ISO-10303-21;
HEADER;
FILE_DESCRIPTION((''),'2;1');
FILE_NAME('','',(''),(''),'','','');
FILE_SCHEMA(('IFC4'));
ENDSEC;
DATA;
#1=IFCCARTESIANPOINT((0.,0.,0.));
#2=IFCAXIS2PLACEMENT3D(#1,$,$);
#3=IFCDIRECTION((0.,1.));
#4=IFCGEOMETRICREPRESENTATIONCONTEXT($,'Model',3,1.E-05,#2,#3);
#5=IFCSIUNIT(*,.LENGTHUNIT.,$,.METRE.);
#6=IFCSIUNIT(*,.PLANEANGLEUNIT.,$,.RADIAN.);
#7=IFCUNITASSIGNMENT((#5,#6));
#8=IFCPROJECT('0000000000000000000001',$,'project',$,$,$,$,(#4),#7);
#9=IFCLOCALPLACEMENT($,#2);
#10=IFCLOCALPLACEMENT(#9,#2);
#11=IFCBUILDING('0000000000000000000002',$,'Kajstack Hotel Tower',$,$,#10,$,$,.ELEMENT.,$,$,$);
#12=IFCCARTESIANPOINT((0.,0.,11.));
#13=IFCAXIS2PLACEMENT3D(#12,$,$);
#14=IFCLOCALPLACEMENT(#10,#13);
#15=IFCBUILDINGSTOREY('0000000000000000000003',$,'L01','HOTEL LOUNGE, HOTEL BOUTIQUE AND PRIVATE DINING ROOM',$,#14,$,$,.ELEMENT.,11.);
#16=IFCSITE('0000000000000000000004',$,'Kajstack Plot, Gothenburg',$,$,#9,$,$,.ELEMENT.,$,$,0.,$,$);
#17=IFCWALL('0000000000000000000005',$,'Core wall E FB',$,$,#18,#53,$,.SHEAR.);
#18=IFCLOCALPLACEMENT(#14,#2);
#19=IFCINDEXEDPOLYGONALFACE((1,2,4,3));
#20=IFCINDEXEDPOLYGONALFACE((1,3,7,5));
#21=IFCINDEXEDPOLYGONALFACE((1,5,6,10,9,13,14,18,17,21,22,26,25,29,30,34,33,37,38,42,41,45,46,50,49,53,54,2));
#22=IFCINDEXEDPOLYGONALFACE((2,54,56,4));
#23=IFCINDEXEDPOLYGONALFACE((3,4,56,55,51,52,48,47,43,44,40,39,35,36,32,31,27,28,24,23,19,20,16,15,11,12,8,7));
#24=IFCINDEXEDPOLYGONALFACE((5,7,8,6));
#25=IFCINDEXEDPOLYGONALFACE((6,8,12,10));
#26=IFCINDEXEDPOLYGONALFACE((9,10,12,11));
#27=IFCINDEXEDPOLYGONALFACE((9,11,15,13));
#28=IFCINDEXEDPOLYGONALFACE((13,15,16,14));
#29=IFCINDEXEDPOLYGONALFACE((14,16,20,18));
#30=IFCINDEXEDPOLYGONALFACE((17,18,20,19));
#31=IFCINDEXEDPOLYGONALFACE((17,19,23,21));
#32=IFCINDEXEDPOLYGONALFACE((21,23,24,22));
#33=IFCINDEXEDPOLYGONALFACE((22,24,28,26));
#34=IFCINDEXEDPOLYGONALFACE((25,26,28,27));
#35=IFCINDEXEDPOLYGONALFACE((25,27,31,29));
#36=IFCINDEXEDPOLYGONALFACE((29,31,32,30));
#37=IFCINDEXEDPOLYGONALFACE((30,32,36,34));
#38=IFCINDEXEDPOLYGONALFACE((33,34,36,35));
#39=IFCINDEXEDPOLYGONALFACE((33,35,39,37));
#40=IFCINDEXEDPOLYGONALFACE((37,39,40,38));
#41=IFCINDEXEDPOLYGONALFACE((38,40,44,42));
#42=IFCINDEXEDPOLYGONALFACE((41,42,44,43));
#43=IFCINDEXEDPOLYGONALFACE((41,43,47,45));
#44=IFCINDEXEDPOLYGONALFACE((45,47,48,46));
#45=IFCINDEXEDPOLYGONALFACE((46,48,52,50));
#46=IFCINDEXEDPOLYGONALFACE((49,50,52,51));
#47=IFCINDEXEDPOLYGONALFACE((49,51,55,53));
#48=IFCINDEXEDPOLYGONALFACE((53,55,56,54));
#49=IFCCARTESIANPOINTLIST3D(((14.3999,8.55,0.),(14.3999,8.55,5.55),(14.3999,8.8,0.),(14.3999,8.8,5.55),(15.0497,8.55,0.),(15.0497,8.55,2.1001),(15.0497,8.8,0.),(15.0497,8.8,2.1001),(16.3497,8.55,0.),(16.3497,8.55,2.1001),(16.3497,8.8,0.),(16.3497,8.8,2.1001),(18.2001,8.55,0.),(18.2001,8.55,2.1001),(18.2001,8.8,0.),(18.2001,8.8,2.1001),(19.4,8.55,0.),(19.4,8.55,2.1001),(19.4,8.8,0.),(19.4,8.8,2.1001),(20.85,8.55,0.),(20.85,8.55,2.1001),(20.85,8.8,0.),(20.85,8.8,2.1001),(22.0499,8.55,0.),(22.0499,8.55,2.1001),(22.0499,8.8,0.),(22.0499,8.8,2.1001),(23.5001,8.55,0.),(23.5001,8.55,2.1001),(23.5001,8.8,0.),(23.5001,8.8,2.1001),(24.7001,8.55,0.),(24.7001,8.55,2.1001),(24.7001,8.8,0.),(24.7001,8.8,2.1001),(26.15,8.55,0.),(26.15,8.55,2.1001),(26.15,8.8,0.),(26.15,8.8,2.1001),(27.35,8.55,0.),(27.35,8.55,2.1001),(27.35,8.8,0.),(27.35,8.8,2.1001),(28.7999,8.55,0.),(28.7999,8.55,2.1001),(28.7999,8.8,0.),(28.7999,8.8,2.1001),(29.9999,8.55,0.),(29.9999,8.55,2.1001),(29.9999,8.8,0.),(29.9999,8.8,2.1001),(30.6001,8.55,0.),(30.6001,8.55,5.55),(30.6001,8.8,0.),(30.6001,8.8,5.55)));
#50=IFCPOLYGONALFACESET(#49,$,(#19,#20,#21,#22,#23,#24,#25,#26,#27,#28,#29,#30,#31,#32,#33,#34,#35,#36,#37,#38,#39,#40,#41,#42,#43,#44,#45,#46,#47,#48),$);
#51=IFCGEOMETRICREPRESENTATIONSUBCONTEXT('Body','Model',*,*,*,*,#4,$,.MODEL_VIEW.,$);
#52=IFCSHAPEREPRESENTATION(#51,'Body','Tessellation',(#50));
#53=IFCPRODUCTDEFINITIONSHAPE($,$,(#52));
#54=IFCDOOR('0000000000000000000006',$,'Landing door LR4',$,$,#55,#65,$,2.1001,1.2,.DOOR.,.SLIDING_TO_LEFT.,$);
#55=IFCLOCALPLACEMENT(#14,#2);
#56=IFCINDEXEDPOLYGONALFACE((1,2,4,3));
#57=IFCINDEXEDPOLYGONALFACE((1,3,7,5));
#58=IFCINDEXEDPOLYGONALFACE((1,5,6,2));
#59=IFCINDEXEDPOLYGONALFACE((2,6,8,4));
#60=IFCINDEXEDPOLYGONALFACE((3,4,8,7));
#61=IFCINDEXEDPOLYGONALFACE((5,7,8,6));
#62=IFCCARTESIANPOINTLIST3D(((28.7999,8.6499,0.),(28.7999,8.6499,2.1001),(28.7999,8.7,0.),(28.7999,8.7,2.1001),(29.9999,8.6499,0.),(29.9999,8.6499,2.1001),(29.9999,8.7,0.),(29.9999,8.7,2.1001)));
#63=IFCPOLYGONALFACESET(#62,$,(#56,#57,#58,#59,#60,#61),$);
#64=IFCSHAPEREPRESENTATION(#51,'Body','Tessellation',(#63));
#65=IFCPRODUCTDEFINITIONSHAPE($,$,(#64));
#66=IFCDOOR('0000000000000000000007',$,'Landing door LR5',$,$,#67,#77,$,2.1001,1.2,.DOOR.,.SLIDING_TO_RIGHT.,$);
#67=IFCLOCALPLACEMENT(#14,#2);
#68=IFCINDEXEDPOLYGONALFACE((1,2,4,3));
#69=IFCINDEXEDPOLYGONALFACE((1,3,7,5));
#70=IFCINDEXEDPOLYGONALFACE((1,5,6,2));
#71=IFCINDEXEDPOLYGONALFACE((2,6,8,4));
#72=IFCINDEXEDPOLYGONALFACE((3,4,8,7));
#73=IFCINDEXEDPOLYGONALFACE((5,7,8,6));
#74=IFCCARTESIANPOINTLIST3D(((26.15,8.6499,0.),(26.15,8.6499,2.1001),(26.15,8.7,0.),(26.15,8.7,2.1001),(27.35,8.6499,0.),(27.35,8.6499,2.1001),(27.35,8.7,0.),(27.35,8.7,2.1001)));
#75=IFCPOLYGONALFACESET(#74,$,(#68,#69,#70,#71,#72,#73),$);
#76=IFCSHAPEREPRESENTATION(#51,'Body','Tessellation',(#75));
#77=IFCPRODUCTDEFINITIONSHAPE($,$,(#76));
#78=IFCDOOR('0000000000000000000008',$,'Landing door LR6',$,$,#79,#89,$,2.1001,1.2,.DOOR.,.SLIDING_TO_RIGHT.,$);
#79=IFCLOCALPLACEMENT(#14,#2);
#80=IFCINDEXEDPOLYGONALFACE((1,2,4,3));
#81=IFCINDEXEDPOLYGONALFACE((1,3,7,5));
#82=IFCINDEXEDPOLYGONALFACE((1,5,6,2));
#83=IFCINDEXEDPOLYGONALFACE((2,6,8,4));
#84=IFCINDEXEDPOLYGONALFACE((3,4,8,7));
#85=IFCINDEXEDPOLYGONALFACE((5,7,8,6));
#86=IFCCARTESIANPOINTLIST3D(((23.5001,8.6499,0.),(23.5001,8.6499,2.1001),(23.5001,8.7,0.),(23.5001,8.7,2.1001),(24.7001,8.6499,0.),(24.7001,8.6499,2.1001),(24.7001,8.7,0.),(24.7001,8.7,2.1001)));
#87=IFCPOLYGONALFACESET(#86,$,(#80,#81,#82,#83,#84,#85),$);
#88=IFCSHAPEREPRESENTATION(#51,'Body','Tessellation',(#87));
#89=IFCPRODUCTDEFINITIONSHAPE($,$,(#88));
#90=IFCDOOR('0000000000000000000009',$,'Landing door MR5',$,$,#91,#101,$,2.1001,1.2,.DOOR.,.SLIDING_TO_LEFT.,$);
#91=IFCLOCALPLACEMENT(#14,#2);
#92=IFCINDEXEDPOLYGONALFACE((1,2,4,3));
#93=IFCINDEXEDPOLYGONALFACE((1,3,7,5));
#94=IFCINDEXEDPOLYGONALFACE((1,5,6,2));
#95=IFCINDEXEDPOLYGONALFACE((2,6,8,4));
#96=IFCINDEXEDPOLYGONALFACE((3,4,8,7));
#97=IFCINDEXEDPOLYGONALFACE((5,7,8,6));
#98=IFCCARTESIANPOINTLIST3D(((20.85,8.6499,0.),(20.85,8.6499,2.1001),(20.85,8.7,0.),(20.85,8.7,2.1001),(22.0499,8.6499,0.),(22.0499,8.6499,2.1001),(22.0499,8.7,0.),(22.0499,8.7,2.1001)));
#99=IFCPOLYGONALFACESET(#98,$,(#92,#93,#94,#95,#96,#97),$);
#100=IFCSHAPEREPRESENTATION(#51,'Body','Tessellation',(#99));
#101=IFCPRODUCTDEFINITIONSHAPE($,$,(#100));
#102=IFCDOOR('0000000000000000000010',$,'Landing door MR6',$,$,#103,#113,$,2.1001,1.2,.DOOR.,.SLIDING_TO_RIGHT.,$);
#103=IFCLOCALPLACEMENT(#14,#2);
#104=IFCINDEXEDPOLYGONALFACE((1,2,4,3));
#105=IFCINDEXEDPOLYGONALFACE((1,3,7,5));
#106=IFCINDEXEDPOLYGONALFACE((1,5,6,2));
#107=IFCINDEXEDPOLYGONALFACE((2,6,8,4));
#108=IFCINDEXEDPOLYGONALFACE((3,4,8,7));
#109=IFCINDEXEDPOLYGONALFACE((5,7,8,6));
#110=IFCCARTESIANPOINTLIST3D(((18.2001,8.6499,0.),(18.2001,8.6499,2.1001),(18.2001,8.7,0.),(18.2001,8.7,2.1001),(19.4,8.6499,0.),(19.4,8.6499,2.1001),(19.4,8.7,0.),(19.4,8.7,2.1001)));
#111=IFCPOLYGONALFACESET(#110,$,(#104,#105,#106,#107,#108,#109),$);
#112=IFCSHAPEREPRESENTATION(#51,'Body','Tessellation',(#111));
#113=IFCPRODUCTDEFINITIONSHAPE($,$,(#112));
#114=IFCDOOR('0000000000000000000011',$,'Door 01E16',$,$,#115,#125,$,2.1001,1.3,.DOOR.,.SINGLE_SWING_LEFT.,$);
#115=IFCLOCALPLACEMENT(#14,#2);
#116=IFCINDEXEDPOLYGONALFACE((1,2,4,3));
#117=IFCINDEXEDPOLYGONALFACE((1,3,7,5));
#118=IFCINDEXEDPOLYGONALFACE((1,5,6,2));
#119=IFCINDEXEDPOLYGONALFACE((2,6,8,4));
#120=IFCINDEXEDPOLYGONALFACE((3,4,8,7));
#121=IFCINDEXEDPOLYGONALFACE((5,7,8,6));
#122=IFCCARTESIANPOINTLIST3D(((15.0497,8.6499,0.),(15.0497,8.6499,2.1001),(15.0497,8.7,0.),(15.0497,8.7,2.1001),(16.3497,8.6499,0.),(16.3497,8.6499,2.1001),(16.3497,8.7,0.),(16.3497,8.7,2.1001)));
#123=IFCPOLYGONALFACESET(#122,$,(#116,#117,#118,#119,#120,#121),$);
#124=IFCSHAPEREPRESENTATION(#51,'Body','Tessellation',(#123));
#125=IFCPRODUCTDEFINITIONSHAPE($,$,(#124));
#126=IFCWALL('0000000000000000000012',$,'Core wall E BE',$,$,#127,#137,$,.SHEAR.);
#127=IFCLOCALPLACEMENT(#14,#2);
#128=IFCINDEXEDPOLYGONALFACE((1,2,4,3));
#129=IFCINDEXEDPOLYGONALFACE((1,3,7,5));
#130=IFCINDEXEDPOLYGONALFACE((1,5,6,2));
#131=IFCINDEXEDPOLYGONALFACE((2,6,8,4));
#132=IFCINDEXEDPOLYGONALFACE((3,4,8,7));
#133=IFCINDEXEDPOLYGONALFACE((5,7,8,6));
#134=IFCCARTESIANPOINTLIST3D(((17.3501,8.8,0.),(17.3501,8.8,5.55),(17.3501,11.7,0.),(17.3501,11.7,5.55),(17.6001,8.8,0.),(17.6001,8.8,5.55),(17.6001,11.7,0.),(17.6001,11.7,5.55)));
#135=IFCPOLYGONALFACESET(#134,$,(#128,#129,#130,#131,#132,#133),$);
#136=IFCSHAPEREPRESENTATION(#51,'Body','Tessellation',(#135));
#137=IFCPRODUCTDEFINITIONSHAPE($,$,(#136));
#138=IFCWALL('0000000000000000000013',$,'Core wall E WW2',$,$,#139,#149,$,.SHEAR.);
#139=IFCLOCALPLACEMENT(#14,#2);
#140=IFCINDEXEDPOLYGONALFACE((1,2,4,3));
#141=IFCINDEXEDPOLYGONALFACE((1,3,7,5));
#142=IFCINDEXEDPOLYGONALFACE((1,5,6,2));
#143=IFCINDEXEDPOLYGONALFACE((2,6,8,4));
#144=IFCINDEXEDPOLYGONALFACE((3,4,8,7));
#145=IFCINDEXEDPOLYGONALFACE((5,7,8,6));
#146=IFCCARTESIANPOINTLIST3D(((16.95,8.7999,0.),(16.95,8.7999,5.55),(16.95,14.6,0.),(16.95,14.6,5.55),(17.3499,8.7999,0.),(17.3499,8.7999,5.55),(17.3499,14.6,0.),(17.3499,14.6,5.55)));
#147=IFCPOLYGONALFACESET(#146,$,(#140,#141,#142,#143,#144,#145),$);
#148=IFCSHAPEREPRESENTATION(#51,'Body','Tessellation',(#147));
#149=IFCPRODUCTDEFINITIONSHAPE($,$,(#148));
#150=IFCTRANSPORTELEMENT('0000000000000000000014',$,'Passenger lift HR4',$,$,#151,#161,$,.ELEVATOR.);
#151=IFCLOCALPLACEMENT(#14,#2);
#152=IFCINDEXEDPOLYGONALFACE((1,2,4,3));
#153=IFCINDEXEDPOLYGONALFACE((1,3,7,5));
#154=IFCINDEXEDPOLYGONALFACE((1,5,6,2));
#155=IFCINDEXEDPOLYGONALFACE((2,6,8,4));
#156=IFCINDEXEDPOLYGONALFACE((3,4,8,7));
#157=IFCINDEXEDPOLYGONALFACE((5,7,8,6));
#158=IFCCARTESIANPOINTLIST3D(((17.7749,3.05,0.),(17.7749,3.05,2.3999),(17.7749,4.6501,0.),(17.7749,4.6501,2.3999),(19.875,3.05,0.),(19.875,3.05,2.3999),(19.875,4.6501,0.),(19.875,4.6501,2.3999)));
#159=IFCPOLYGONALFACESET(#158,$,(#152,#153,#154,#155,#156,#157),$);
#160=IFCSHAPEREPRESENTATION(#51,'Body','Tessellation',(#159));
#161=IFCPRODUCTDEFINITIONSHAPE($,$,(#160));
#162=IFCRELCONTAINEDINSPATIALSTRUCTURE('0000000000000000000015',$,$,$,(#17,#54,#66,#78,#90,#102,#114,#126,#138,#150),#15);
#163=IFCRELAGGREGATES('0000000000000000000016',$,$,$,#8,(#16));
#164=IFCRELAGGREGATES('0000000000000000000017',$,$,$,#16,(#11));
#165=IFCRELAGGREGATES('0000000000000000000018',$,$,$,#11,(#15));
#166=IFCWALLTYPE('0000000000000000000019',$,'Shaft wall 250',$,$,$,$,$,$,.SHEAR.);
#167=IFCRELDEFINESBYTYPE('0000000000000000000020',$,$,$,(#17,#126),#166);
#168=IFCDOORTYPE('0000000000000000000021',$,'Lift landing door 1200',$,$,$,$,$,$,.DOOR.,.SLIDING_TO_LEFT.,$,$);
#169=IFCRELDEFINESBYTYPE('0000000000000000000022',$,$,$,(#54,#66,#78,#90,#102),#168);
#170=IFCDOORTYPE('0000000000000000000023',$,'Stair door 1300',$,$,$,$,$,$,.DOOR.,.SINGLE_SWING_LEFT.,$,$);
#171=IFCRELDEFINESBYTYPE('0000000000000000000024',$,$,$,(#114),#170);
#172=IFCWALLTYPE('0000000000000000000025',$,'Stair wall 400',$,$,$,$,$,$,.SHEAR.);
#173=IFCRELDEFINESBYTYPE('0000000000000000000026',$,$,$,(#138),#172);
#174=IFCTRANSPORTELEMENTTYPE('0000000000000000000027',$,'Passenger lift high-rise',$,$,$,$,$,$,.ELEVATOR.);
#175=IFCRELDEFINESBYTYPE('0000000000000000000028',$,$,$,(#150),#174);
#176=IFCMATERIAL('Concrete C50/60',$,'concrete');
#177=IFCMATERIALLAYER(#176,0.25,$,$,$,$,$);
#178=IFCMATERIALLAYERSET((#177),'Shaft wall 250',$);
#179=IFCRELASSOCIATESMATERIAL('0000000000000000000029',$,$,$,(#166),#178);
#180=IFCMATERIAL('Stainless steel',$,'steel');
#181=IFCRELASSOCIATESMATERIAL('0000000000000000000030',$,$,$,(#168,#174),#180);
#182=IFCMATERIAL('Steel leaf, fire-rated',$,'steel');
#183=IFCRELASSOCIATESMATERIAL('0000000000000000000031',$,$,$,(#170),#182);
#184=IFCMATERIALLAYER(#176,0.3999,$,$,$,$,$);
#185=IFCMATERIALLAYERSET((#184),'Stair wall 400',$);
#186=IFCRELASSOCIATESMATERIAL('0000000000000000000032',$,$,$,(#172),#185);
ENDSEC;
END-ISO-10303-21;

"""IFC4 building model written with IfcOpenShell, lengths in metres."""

from ifc_helpers import new_model, si_unit, direction, frame, frame_2d, origin, origin_2d, place, context, subcontext, project, spatial, rectangle, extrude, material, layer, layer_set, type_object, element, fill, save


model = new_model("IFC4")

# Units and contexts
model_context = context("Model", 3, precision=1e-05, world=origin(), true_north=direction((0.0, 1.0)))
body_context = subcontext(model_context, "Body", "Model", "MODEL_VIEW")
ifc_project = project(units=[si_unit("LENGTHUNIT", "METRE"), si_unit("PLANEANGLEUNIT", "RADIAN")], contexts=[model_context])

# Site, building, storey
site_placement = place(None, origin())
site = spatial("IfcSite", under=ifc_project, at=site_placement, Name="Kajstack Plot, Gothenburg", CompositionType="ELEMENT", RefElevation=0.0)
building_placement = place(site_placement, origin())
building = spatial("IfcBuilding", under=site, at=building_placement, Name="Kajstack Hotel Tower", CompositionType="ELEMENT")
storey_placement = place(building_placement, frame((0.0, 0.0, 11.0)))
storey = spatial("IfcBuildingStorey", under=building, at=storey_placement, Name="L01", Description="HOTEL LOUNGE, HOTEL BOUTIQUE AND PRIVATE DINING ROOM", CompositionType="ELEMENT", Elevation=11.0)

# Shared definitions
ifc_material_1 = material(Name="Concrete C50/60", Category="concrete")
ifc_layer_1 = layer(ifc_material_1, 0.25)
ifc_layer_set_1 = layer_set([ifc_layer_1], Name="Shaft wall 250")
wall_type_1 = type_object("IfcWallType", Name="Shaft wall 250", PredefinedType="SHEAR", material=ifc_layer_set_1)
ifc_material_2 = material(Name="Stainless steel", Category="steel")
door_type_1 = type_object("IfcDoorType", Name="Lift landing door 1200", OperationType="SLIDING_TO_LEFT", PredefinedType="DOOR", material=ifc_material_2)

# Wall, openings, doors
wall_1_placement = place(storey_placement, frame((14.3999, 8.675, 0.0), z_axis=(0.0, 0.0, 1.0), x_axis=(1.0, 0.0, 0.0)))
wall_1 = element("IfcWall", 1, at=wall_1_placement, inside=storey, type_object=wall_type_1, Name="Core wall E FB", PredefinedType="SHEAR", context=body_context, shape_type="SweptSolid", body=[
    extrude(rectangle(XDim=16.2002, YDim=0.25, at=frame_2d((8.1001, 0.0))), origin(), (0.0, 0.0, 1.0), 5.55),
])
opening_1_placement = place(wall_1_placement, frame((14.3999, 0.0, 0.0)))
opening_1 = element("IfcOpeningElement", 2, at=opening_1_placement, cuts=wall_1, PredefinedType="OPENING", context=body_context, shape_type="SweptSolid", body=[
    extrude(rectangle(XDim=1.2, YDim=2.1001, at=frame_2d((0.6001, 1.05))), frame((0.0, 0.135, 0.0), z_axis=(0.0, -1.0, 0.0), x_axis=(1.0, 0.0, 0.0)), (0.0, 0.0, 1.0), 0.27),
])
opening_2_placement = place(wall_1_placement, frame((11.75, 0.0, 0.0)))
opening_2 = element("IfcOpeningElement", 3, at=opening_2_placement, cuts=wall_1, PredefinedType="OPENING", context=body_context, shape_type="SweptSolid", body=[
    extrude(rectangle(XDim=1.2, YDim=2.1001, at=frame_2d((0.6001, 1.05))), frame((0.0, 0.135, 0.0), z_axis=(0.0, -1.0, 0.0), x_axis=(1.0, 0.0, 0.0)), (0.0, 0.0, 1.0), 0.27),
])
opening_3_placement = place(wall_1_placement, frame((9.1001, 0.0, 0.0)))
opening_3 = element("IfcOpeningElement", 4, at=opening_3_placement, cuts=wall_1, PredefinedType="OPENING", context=body_context, shape_type="SweptSolid", body=[
    extrude(rectangle(XDim=1.2, YDim=2.1001, at=frame_2d((0.6001, 1.05))), frame((0.0, 0.135, 0.0), z_axis=(0.0, -1.0, 0.0), x_axis=(1.0, 0.0, 0.0)), (0.0, 0.0, 1.0), 0.27),
])
opening_4_placement = place(wall_1_placement, frame((6.45, 0.0, 0.0)))
opening_4 = element("IfcOpeningElement", 5, at=opening_4_placement, cuts=wall_1, PredefinedType="OPENING", context=body_context, shape_type="SweptSolid", body=[
    extrude(rectangle(XDim=1.2, YDim=2.1001, at=frame_2d((0.6001, 1.05))), frame((0.0, 0.135, 0.0), z_axis=(0.0, -1.0, 0.0), x_axis=(1.0, 0.0, 0.0)), (0.0, 0.0, 1.0), 0.27),
])
opening_5_placement = place(wall_1_placement, frame((3.8, 0.0, 0.0)))
opening_5 = element("IfcOpeningElement", 6, at=opening_5_placement, cuts=wall_1, PredefinedType="OPENING", context=body_context, shape_type="SweptSolid", body=[
    extrude(rectangle(XDim=1.2, YDim=2.1001, at=frame_2d((0.6001, 1.05))), frame((0.0, 0.135, 0.0), z_axis=(0.0, -1.0, 0.0), x_axis=(1.0, 0.0, 0.0)), (0.0, 0.0, 1.0), 0.27),
])
opening_6_placement = place(wall_1_placement, frame((0.6499, 0.0, 0.0)))
opening_6 = element("IfcOpeningElement", 7, at=opening_6_placement, cuts=wall_1, PredefinedType="OPENING", context=body_context, shape_type="SweptSolid", body=[
    extrude(rectangle(XDim=1.3, YDim=2.1001, at=frame_2d((0.6499, 1.05))), frame((0.0, 0.135, 0.0), z_axis=(0.0, -1.0, 0.0), x_axis=(1.0, 0.0, 0.0)), (0.0, 0.0, 1.0), 0.27),
])
door_1_placement = place(opening_1_placement, origin())
door_1 = element("IfcDoor", 8, at=door_1_placement, inside=storey, type_object=door_type_1, Name="Landing door LR4", OperationType="SLIDING_TO_LEFT", OverallHeight=2.1001, OverallWidth=1.2, PredefinedType="DOOR", context=body_context, shape_type="SweptSolid", body=[
    extrude(rectangle(XDim=1.2, YDim=2.1001, at=frame_2d((0.6001, 1.05))), frame((0.0, 0.0249, 0.0), z_axis=(0.0, -1.0, 0.0), x_axis=(1.0, 0.0, 0.0)), (0.0, 0.0, 1.0), 0.05),
])
fill(opening_1, door_1)
door_2_placement = place(opening_2_placement, origin())
door_2 = element("IfcDoor", 9, at=door_2_placement, inside=storey, type_object=door_type_1, Name="Landing door LR5", OperationType="SLIDING_TO_RIGHT", OverallHeight=2.1001, OverallWidth=1.2, PredefinedType="DOOR", context=body_context, shape_type="SweptSolid", body=[
    extrude(rectangle(XDim=1.2, YDim=2.1001, at=frame_2d((0.6001, 1.05))), frame((0.0, 0.0249, 0.0), z_axis=(0.0, -1.0, 0.0), x_axis=(1.0, 0.0, 0.0)), (0.0, 0.0, 1.0), 0.05),
])
fill(opening_2, door_2)
door_3_placement = place(opening_3_placement, origin())
door_3 = element("IfcDoor", 10, at=door_3_placement, inside=storey, type_object=door_type_1, Name="Landing door LR6", OperationType="SLIDING_TO_RIGHT", OverallHeight=2.1001, OverallWidth=1.2, PredefinedType="DOOR", context=body_context, shape_type="SweptSolid", body=[
    extrude(rectangle(XDim=1.2, YDim=2.1001, at=frame_2d((0.6001, 1.05))), frame((0.0, 0.0249, 0.0), z_axis=(0.0, -1.0, 0.0), x_axis=(1.0, 0.0, 0.0)), (0.0, 0.0, 1.0), 0.05),
])
fill(opening_3, door_3)
door_4_placement = place(opening_4_placement, origin())
door_4 = element("IfcDoor", 11, at=door_4_placement, inside=storey, type_object=door_type_1, Name="Landing door MR5", OperationType="SLIDING_TO_LEFT", OverallHeight=2.1001, OverallWidth=1.2, PredefinedType="DOOR", context=body_context, shape_type="SweptSolid", body=[
    extrude(rectangle(XDim=1.2, YDim=2.1001, at=frame_2d((0.6001, 1.05))), frame((0.0, 0.0249, 0.0), z_axis=(0.0, -1.0, 0.0), x_axis=(1.0, 0.0, 0.0)), (0.0, 0.0, 1.0), 0.05),
])
fill(opening_4, door_4)
door_5_placement = place(opening_5_placement, origin())
door_5 = element("IfcDoor", 12, at=door_5_placement, inside=storey, type_object=door_type_1, Name="Landing door MR6", OperationType="SLIDING_TO_RIGHT", OverallHeight=2.1001, OverallWidth=1.2, PredefinedType="DOOR", context=body_context, shape_type="SweptSolid", body=[
    extrude(rectangle(XDim=1.2, YDim=2.1001, at=frame_2d((0.6001, 1.05))), frame((0.0, 0.0249, 0.0), z_axis=(0.0, -1.0, 0.0), x_axis=(1.0, 0.0, 0.0)), (0.0, 0.0, 1.0), 0.05),
])
fill(opening_5, door_5)
ifc_material_3 = material(Name="Steel leaf, fire-rated", Category="steel")
door_type_2 = type_object("IfcDoorType", Name="Stair door 1300", OperationType="SINGLE_SWING_LEFT", PredefinedType="DOOR", material=ifc_material_3)
door_6_placement = place(opening_6_placement, origin())
door_6 = element("IfcDoor", 13, at=door_6_placement, inside=storey, type_object=door_type_2, Name="Door 01E16", OperationType="SINGLE_SWING_LEFT", OverallHeight=2.1001, OverallWidth=1.3, PredefinedType="DOOR", context=body_context, shape_type="SweptSolid", body=[
    extrude(rectangle(XDim=1.3, YDim=2.1001, at=frame_2d((0.6499, 1.05))), frame((0.0, 0.0249, 0.0), z_axis=(0.0, -1.0, 0.0), x_axis=(1.0, 0.0, 0.0)), (0.0, 0.0, 1.0), 0.05),
])
fill(opening_6, door_6)

# Walls
wall_2_placement = place(storey_placement, frame((17.4751, 8.8, 0.0), z_axis=(0.0, 0.0, 1.0), x_axis=(0.0, 1.0, 0.0)))
element("IfcWall", 14, at=wall_2_placement, inside=storey, type_object=wall_type_1, Name="Core wall E BE", PredefinedType="SHEAR", context=body_context, shape_type="SweptSolid", body=[
    extrude(rectangle(XDim=2.8999, YDim=0.25, at=frame_2d((1.45, 0.0))), origin(), (0.0, 0.0, 1.0), 5.55),
])
ifc_layer_2 = layer(ifc_material_1, 0.3999)
ifc_layer_set_2 = layer_set([ifc_layer_2], Name="Stair wall 400")
wall_type_2 = type_object("IfcWallType", Name="Stair wall 400", PredefinedType="SHEAR", material=ifc_layer_set_2)
wall_3_placement = place(storey_placement, frame((17.1499, 8.8, 0.0), z_axis=(0.0, 0.0, 1.0), x_axis=(0.0, 1.0, 0.0)))
element("IfcWall", 15, at=wall_3_placement, inside=storey, type_object=wall_type_2, Name="Core wall E WW2", PredefinedType="SHEAR", context=body_context, shape_type="SweptSolid", body=[
    extrude(rectangle(XDim=5.8, YDim=0.3999, at=frame_2d((2.8999, 0.0))), origin(), (0.0, 0.0, 1.0), 5.55),
])

# Transport element
transport_element_type = type_object("IfcTransportElementType", Name="Passenger lift high-rise", PredefinedType="ELEVATOR", material=ifc_material_2)
transport_element_placement = place(storey_placement, frame((18.825, 3.8501, 0.0), z_axis=(0.0, 0.0, 1.0), x_axis=(1.0, 0.0, 0.0)))
element("IfcTransportElement", 16, at=transport_element_placement, inside=storey, type_object=transport_element_type, Name="Passenger lift HR4", PredefinedType="ELEVATOR", context=body_context, shape_type="SweptSolid", body=[
    extrude(rectangle(XDim=2.1001, YDim=1.6001, at=origin_2d()), origin(), (0.0, 0.0, 1.0), 2.3999),
])

save(model, "model.ifc")
